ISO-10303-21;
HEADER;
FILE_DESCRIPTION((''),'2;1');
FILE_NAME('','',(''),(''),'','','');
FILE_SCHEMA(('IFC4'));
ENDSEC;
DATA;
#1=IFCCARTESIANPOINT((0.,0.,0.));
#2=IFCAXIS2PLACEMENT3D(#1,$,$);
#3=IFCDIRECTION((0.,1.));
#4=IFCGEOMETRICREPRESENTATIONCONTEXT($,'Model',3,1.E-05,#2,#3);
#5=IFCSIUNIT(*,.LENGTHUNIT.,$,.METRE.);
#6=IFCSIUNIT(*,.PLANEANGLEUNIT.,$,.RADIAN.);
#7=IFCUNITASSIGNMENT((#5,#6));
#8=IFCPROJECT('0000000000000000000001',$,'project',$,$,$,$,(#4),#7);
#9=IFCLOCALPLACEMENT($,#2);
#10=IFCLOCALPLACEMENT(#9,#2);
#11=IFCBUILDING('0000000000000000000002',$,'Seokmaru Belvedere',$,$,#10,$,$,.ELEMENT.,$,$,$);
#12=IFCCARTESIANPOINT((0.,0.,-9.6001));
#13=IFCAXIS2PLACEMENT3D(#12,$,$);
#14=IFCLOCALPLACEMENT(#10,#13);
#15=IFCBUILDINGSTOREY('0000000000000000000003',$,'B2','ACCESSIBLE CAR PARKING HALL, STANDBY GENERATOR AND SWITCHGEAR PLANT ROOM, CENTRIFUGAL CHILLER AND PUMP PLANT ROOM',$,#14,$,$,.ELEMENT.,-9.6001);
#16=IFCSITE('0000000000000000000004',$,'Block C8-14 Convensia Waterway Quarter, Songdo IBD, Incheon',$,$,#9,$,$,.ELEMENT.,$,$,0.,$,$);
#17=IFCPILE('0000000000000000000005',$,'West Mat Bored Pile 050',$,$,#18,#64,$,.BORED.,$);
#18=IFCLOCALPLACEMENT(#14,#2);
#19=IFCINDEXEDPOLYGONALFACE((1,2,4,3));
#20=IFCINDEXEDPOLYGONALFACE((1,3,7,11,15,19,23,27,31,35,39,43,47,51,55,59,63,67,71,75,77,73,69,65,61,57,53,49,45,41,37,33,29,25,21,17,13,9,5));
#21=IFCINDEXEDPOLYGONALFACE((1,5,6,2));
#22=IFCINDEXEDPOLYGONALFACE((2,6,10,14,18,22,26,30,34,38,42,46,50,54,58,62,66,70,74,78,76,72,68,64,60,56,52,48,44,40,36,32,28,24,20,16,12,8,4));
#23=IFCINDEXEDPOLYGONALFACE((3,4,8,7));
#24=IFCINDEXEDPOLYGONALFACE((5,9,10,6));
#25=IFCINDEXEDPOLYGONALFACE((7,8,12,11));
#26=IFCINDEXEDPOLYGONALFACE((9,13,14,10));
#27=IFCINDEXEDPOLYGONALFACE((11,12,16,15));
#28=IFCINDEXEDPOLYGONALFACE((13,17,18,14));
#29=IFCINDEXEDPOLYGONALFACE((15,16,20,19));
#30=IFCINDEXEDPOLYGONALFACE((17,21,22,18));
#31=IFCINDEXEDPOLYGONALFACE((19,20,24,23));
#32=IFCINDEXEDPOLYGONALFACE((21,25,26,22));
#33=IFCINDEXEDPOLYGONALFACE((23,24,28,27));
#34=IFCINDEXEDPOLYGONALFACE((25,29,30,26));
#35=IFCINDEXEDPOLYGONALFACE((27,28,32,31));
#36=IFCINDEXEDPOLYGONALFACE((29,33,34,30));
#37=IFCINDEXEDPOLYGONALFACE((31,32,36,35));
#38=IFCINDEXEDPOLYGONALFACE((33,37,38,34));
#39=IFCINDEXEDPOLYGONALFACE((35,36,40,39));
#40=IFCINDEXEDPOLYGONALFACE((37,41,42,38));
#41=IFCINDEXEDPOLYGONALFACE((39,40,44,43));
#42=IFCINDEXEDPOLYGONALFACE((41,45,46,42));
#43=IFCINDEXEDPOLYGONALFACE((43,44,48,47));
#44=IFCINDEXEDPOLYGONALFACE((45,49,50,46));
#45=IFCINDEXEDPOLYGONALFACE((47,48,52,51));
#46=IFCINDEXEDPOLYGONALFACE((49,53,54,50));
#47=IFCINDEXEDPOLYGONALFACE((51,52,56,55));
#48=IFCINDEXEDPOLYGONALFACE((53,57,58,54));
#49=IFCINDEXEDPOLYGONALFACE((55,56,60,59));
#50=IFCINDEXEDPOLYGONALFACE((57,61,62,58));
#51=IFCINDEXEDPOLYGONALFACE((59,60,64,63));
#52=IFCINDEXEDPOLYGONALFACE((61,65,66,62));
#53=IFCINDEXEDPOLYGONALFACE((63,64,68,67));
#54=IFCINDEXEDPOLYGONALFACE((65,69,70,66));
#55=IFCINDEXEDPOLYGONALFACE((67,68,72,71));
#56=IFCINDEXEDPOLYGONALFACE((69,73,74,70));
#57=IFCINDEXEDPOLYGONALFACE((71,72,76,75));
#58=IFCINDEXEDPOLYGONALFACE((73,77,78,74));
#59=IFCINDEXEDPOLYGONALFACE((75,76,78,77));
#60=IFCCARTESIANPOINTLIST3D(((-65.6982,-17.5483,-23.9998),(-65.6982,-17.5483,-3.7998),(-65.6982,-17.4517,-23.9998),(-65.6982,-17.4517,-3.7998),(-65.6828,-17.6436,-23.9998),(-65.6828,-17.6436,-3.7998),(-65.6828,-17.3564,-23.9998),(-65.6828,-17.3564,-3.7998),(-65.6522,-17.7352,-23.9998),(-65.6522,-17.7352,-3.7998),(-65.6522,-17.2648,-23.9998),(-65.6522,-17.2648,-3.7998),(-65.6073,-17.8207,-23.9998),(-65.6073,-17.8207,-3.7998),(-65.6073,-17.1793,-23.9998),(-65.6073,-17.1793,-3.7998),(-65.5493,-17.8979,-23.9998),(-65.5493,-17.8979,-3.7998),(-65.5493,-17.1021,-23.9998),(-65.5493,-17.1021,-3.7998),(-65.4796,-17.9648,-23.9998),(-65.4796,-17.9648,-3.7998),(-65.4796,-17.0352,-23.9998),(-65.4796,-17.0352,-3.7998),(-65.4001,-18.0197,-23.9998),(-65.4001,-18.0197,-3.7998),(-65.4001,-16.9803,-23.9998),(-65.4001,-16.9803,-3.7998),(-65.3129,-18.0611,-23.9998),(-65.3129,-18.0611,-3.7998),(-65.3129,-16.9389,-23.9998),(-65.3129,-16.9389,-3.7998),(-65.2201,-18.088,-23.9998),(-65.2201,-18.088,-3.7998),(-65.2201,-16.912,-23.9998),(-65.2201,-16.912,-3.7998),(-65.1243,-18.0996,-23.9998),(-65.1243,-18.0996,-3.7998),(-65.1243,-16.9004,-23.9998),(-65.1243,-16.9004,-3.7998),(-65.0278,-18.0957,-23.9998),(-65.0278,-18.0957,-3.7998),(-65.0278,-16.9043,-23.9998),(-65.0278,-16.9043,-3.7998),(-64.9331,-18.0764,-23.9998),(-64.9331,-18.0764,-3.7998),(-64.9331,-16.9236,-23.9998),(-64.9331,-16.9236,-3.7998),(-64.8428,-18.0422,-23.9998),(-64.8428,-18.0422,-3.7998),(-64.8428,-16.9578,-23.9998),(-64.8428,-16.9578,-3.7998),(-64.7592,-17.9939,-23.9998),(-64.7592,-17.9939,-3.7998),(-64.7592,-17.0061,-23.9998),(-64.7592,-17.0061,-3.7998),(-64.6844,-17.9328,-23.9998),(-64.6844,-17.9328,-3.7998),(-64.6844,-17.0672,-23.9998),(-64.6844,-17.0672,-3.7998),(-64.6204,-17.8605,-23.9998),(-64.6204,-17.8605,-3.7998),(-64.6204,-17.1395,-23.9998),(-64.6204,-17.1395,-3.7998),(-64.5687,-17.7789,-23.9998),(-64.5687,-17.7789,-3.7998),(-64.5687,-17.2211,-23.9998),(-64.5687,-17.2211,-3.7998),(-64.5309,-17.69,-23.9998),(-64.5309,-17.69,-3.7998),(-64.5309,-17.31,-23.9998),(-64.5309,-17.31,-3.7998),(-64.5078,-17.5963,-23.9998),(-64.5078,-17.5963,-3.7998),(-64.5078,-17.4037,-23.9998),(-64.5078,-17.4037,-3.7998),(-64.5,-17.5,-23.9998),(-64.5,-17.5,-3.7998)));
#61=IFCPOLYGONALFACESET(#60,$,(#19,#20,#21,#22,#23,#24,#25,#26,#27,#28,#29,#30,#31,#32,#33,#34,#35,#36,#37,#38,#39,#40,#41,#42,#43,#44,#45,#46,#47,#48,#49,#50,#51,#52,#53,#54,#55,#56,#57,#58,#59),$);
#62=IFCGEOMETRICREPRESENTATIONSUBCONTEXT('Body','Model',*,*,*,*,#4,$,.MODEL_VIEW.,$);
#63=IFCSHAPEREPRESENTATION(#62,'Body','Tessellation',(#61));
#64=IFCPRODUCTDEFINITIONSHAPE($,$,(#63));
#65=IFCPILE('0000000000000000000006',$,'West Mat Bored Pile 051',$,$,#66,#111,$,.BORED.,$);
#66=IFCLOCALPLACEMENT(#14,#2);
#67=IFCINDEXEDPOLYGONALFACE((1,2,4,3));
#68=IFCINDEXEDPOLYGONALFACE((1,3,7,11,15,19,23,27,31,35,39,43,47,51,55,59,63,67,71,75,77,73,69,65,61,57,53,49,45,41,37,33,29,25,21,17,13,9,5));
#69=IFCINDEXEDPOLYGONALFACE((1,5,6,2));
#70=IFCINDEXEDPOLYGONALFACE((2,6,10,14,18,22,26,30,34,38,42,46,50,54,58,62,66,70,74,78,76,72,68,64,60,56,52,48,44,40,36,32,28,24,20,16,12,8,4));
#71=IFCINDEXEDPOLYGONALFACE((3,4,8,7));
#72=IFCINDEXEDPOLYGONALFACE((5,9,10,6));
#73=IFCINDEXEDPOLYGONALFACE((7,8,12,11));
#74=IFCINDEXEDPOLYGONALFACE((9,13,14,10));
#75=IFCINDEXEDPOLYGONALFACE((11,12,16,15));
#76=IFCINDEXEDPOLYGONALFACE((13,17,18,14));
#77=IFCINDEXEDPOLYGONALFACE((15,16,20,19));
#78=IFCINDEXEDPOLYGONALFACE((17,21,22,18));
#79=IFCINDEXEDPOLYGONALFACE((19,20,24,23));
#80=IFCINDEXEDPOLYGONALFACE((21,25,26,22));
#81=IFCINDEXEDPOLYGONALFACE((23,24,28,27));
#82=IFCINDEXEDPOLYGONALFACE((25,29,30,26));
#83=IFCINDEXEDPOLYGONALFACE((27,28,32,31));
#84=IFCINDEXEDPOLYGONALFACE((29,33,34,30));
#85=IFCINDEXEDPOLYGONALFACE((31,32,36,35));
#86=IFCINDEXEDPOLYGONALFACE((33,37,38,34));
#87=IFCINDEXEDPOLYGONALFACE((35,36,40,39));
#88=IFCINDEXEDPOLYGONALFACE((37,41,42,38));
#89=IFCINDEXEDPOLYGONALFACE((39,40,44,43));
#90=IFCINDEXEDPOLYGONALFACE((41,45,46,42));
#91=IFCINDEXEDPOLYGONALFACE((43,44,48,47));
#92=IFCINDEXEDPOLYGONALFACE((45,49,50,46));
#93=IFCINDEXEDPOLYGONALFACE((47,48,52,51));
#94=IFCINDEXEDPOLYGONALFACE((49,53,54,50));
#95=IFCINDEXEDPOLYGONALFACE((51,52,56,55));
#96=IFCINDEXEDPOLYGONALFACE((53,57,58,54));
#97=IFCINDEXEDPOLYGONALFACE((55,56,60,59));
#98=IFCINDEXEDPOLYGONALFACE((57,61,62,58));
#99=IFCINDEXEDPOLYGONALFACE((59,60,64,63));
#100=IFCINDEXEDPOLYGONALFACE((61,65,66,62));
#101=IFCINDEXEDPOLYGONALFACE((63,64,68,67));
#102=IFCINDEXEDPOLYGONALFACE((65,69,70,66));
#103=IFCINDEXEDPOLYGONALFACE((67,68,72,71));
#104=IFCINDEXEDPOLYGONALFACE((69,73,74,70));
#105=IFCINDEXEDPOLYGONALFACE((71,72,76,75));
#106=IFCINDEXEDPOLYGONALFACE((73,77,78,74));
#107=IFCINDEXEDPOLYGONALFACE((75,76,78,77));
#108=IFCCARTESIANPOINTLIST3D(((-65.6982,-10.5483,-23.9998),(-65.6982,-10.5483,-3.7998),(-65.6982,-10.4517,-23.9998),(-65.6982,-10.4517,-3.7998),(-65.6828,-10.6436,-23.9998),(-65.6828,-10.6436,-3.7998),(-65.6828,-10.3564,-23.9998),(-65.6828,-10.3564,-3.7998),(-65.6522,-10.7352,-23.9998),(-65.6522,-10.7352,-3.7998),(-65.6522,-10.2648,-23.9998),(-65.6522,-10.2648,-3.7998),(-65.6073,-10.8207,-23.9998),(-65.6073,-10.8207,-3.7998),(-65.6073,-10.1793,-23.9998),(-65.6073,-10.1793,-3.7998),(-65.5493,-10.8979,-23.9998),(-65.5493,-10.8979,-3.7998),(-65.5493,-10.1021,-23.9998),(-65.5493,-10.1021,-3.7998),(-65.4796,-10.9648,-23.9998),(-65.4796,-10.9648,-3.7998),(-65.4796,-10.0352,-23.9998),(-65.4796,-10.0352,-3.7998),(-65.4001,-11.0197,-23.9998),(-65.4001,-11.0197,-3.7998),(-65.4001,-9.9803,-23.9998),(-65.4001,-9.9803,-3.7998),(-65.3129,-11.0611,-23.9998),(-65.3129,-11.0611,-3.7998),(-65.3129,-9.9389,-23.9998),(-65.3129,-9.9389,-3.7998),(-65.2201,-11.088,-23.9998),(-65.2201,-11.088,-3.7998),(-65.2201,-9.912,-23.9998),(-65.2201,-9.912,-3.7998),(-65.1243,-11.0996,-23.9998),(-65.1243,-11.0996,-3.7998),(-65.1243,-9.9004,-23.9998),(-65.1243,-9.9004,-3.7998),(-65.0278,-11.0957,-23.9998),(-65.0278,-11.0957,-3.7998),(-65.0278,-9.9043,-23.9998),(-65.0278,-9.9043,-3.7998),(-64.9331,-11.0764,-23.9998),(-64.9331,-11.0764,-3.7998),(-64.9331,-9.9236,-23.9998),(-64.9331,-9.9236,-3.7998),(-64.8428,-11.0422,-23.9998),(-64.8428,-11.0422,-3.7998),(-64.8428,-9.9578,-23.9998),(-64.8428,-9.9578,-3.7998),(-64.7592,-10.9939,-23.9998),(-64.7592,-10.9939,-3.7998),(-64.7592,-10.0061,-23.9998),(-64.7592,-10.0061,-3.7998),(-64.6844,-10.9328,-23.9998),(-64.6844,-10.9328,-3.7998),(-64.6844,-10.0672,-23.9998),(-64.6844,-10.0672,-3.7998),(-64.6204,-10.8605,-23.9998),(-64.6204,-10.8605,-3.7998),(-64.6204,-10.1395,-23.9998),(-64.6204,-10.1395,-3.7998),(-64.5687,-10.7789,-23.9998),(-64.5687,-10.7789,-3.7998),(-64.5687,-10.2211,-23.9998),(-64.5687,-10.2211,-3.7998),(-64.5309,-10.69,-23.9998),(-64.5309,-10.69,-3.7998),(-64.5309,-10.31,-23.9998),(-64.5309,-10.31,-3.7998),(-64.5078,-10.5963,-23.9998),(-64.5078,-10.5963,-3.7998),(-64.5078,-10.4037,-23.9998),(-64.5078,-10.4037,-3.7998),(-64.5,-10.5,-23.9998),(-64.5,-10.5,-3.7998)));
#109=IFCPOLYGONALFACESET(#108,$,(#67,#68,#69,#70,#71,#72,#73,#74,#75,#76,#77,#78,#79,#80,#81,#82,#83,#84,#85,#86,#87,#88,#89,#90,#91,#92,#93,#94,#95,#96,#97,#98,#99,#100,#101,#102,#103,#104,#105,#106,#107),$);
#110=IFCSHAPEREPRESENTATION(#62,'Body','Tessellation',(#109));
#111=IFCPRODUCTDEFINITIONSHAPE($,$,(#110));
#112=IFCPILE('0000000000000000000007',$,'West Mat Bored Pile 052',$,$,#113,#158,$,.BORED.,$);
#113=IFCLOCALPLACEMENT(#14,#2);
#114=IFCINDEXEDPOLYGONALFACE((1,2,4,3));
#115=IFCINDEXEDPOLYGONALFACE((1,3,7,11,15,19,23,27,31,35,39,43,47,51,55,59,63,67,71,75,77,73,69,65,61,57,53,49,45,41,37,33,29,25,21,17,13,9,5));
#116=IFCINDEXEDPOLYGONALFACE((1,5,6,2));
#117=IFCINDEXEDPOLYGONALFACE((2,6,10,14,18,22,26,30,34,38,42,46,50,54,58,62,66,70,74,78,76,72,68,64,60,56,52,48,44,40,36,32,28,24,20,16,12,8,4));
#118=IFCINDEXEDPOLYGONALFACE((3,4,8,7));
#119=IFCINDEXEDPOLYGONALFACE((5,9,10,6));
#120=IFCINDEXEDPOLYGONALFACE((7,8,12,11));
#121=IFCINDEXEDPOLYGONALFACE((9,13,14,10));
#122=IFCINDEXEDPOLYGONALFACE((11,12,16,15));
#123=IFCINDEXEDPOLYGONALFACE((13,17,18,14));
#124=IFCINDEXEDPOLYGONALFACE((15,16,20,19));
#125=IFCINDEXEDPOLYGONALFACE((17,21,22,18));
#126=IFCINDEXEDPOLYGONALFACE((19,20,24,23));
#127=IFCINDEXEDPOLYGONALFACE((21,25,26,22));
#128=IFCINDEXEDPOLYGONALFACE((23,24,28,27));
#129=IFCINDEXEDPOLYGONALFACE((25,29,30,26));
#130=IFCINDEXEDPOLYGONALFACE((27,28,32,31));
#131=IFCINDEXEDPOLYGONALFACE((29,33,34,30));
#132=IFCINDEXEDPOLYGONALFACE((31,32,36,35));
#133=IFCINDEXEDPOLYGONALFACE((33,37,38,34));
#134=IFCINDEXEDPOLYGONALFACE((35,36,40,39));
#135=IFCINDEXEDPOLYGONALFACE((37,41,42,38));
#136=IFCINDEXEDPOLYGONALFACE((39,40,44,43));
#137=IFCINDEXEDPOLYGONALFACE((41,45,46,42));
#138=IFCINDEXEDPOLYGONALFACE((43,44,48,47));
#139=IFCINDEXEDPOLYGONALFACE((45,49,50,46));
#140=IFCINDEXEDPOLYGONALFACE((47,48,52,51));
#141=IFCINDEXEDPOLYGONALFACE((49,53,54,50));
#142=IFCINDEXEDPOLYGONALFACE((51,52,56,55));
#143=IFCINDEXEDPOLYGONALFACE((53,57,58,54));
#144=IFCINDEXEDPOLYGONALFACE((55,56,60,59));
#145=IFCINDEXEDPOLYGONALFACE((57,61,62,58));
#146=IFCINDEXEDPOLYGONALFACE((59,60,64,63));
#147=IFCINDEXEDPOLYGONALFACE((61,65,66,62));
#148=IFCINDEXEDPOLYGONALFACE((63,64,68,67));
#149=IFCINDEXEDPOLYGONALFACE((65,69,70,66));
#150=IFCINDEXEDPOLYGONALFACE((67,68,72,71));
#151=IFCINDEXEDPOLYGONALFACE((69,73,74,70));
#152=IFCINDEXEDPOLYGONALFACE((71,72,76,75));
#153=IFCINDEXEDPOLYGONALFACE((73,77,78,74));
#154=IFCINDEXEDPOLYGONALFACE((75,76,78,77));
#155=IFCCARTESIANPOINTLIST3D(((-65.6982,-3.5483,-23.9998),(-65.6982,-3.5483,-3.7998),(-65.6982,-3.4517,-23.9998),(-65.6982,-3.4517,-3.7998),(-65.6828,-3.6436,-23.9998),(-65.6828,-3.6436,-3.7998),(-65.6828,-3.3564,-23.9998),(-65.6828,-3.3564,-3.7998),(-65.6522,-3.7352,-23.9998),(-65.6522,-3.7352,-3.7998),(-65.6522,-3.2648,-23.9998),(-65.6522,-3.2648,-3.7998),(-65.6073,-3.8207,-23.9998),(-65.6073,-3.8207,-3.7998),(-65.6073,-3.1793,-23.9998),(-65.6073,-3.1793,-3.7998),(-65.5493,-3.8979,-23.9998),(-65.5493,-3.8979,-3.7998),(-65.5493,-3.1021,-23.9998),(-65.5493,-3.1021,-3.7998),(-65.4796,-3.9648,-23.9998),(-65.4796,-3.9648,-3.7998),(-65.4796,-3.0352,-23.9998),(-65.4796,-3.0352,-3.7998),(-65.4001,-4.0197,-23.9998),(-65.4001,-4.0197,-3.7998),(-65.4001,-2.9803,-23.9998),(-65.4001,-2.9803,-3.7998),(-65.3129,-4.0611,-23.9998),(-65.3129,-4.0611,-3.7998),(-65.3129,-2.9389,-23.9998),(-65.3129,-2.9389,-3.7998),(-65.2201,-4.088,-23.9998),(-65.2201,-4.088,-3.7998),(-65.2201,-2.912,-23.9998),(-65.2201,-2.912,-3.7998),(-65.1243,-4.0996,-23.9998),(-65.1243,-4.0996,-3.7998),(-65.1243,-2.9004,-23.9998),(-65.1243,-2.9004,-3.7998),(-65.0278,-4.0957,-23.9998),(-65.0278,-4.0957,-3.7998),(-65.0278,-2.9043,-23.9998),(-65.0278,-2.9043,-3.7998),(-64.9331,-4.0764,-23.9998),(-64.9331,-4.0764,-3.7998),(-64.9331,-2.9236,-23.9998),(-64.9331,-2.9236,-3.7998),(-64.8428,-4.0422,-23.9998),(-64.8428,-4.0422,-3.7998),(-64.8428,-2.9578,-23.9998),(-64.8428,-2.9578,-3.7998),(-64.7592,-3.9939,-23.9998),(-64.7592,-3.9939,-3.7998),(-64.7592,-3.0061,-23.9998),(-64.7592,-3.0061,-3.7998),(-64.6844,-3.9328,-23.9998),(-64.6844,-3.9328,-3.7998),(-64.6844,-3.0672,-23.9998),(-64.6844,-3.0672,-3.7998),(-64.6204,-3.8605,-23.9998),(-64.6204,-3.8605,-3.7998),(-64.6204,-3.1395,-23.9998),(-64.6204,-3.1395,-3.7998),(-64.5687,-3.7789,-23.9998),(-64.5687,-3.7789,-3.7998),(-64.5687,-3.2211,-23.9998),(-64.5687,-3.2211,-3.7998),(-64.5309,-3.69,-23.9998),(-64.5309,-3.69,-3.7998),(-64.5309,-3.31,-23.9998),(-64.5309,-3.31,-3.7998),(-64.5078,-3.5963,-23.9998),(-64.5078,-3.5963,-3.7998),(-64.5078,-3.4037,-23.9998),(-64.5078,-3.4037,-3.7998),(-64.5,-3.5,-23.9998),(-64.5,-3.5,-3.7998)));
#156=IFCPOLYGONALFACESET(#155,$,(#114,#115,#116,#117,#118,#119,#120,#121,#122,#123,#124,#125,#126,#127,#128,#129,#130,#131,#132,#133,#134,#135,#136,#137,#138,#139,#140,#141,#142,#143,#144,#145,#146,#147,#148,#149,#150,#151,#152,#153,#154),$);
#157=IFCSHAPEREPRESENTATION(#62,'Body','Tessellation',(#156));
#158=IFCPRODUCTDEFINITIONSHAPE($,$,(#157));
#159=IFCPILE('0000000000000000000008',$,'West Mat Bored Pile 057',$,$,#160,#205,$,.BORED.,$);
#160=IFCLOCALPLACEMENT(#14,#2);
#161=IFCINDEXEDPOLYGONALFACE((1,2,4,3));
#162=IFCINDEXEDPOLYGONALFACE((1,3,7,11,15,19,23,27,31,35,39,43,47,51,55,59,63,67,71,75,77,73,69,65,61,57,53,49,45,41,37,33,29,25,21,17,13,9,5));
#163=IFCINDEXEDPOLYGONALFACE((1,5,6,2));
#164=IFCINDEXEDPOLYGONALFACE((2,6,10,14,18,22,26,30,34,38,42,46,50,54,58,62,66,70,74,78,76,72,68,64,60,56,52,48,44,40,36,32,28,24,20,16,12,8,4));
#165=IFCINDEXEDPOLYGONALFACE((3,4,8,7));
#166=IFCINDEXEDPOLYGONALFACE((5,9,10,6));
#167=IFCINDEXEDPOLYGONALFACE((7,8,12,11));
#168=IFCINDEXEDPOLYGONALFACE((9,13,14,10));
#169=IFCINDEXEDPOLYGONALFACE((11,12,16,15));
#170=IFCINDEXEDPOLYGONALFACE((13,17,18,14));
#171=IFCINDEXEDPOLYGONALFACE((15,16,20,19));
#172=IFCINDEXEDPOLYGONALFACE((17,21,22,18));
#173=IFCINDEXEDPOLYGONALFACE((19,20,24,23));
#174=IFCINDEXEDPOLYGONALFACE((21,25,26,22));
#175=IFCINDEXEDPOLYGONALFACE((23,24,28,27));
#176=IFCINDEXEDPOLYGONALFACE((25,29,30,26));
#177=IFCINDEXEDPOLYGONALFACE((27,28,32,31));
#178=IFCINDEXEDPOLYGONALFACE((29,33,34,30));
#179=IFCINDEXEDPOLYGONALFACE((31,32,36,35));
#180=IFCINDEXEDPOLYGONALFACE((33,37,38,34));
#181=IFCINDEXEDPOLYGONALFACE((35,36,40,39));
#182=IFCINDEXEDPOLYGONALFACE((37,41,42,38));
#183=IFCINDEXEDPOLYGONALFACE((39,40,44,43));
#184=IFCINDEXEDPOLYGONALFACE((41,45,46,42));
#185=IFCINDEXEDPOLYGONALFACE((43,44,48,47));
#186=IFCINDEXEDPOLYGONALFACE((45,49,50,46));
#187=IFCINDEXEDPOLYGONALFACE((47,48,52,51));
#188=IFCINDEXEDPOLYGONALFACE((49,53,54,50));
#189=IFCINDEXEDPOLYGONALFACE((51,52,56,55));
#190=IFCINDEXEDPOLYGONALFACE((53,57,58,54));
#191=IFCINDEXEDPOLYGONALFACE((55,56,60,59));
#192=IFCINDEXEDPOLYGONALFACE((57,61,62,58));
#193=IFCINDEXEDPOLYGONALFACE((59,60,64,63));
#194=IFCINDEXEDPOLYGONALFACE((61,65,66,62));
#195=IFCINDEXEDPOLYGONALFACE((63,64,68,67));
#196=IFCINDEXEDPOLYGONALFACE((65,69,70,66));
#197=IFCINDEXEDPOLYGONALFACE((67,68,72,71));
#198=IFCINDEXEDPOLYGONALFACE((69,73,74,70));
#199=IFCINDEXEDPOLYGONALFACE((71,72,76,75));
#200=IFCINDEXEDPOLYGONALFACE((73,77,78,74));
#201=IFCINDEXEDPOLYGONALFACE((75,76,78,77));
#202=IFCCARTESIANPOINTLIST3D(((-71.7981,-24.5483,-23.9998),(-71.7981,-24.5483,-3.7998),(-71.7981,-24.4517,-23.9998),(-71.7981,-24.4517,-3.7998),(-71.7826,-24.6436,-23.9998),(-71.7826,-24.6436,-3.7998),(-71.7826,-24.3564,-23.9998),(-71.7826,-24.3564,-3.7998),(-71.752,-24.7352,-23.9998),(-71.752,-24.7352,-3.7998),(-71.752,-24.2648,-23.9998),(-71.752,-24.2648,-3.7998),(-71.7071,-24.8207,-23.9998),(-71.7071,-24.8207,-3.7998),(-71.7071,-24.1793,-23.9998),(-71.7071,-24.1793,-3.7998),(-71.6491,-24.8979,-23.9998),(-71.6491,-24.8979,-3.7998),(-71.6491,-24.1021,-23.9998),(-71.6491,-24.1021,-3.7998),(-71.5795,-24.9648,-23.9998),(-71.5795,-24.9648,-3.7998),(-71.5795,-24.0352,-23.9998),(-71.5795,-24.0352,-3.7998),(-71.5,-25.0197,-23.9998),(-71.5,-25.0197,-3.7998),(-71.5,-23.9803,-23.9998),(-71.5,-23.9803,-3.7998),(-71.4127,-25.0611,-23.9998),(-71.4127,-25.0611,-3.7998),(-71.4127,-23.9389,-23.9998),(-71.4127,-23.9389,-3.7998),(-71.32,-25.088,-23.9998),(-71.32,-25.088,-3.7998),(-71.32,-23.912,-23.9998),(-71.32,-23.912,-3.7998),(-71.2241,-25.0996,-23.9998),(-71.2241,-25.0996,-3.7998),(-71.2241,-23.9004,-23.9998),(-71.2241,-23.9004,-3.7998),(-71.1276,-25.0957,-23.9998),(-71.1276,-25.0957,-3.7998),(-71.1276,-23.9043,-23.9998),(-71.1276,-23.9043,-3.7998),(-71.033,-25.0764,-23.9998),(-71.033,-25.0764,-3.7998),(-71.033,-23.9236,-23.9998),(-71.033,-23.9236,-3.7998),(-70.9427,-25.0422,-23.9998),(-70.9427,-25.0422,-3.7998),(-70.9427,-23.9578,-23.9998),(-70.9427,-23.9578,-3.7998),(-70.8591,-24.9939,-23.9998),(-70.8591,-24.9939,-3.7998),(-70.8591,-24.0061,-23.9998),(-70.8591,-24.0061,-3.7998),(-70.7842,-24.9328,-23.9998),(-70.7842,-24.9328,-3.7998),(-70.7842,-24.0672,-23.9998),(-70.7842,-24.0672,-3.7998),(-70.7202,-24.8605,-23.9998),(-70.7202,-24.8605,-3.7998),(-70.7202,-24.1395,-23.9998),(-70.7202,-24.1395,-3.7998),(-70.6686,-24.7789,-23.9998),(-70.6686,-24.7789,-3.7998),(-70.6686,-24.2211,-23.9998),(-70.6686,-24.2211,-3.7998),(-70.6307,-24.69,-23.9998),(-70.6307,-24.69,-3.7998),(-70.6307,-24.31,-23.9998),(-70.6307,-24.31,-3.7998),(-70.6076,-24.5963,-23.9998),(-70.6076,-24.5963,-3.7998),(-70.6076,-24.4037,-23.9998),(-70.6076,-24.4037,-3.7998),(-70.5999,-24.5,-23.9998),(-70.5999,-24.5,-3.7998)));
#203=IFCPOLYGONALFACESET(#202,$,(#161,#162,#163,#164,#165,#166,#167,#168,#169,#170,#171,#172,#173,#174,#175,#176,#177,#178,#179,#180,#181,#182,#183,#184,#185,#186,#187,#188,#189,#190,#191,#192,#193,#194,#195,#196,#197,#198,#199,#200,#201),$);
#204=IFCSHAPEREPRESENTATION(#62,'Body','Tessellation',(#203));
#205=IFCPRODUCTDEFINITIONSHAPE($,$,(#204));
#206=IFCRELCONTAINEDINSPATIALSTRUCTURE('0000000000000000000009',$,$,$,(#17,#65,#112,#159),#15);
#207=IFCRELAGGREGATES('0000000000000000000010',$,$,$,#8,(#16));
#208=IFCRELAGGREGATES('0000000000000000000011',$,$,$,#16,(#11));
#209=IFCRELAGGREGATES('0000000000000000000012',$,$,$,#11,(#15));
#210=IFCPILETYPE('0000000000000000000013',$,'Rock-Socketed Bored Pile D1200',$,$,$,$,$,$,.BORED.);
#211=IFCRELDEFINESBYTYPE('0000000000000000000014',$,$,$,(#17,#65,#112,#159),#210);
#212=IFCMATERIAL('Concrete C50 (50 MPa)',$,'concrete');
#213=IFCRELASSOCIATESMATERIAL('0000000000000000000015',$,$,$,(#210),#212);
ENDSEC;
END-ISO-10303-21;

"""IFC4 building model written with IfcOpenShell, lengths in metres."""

from ifc_helpers import new_model, si_unit, direction, frame, origin, origin_2d, place, context, subcontext, project, spatial, circle, extrude, source, transform, mapped, material, material_profile, profile_set, type_object, type_shapes, element, save


model = new_model("IFC4")

# Units and contexts
model_context = context("Model", 3, precision=1e-05, world=origin(), true_north=direction((0.0, 1.0)))
body_context = subcontext(model_context, "Body", "Model", "MODEL_VIEW")
ifc_project = project(units=[si_unit("LENGTHUNIT", "METRE"), si_unit("PLANEANGLEUNIT", "RADIAN")], contexts=[model_context])

# Site, building, storey
site_placement = place(None, origin())
site = spatial("IfcSite", under=ifc_project, at=site_placement, Name="Block C8-14 Convensia Waterway Quarter, Songdo IBD, Incheon", CompositionType="ELEMENT", RefElevation=0.0)
building_placement = place(site_placement, origin())
building = spatial("IfcBuilding", under=site, at=building_placement, Name="Seokmaru Belvedere", CompositionType="ELEMENT")
storey_placement = place(building_placement, frame((0.0, 0.0, -9.6001)))
storey = spatial("IfcBuildingStorey", under=building, at=storey_placement, Name="B2", Description="ACCESSIBLE CAR PARKING HALL, STANDBY GENERATOR AND SWITCHGEAR PLANT ROOM, CENTRIFUGAL CHILLER AND PUMP PLANT ROOM", CompositionType="ELEMENT", Elevation=-9.6001)

# Piles
ifc_material_1 = material(Name="Concrete C50 (50 MPa)", Category="concrete")
ifc_material_profile_1 = material_profile(ifc_material_1, circle(Radius=0.6001, at=origin_2d()), Name="PILE-D1200")
ifc_profile_set_1 = profile_set([ifc_material_profile_1], Name="Concrete C50 (50 MPa)")
pile_type_1 = type_object("IfcPileType", Name="Rock-Socketed Bored Pile D1200", PredefinedType="BORED", material=ifc_profile_set_1)
shared_shape_1 = source(origin(), body_context, "Body", "SweptSolid", [
    extrude(circle(Radius=0.6001, at=origin_2d()), origin(), (0.0, 0.0, 1.0), 20.2),
])
type_shapes(pile_type_1, [shared_shape_1])
for number, where, z_axis, x_axis, name in (
    (1, (-65.1001, -17.5, -3.7998), (0.0, 0.0, -1.0), (1.0, 0.0, 0.0), "West Mat Bored Pile 050"),
    (2, (-65.1001, -10.5, -3.7998), (0.0, 0.0, -1.0), (1.0, 0.0, 0.0), "West Mat Bored Pile 051"),
    (3, (-65.1001, -3.5, -3.7998), (0.0, 0.0, -1.0), (1.0, 0.0, 0.0), "West Mat Bored Pile 052"),
    (4, (-71.2, -24.5, -3.7998), (0.0, 0.0, -1.0), (1.0, 0.0, 0.0), "West Mat Bored Pile 057"),
):
    element("IfcPile", number, at=place(storey_placement, frame(where, z_axis=z_axis, x_axis=x_axis)), inside=storey, type_object=pile_type_1, Name=name, PredefinedType="BORED", context=body_context, shape_type="MappedRepresentation", body=[
        mapped(shared_shape_1, transform((0.0, 0.0, 0.0), scale=1.0)),
    ])

save(model, "model.ifc")
